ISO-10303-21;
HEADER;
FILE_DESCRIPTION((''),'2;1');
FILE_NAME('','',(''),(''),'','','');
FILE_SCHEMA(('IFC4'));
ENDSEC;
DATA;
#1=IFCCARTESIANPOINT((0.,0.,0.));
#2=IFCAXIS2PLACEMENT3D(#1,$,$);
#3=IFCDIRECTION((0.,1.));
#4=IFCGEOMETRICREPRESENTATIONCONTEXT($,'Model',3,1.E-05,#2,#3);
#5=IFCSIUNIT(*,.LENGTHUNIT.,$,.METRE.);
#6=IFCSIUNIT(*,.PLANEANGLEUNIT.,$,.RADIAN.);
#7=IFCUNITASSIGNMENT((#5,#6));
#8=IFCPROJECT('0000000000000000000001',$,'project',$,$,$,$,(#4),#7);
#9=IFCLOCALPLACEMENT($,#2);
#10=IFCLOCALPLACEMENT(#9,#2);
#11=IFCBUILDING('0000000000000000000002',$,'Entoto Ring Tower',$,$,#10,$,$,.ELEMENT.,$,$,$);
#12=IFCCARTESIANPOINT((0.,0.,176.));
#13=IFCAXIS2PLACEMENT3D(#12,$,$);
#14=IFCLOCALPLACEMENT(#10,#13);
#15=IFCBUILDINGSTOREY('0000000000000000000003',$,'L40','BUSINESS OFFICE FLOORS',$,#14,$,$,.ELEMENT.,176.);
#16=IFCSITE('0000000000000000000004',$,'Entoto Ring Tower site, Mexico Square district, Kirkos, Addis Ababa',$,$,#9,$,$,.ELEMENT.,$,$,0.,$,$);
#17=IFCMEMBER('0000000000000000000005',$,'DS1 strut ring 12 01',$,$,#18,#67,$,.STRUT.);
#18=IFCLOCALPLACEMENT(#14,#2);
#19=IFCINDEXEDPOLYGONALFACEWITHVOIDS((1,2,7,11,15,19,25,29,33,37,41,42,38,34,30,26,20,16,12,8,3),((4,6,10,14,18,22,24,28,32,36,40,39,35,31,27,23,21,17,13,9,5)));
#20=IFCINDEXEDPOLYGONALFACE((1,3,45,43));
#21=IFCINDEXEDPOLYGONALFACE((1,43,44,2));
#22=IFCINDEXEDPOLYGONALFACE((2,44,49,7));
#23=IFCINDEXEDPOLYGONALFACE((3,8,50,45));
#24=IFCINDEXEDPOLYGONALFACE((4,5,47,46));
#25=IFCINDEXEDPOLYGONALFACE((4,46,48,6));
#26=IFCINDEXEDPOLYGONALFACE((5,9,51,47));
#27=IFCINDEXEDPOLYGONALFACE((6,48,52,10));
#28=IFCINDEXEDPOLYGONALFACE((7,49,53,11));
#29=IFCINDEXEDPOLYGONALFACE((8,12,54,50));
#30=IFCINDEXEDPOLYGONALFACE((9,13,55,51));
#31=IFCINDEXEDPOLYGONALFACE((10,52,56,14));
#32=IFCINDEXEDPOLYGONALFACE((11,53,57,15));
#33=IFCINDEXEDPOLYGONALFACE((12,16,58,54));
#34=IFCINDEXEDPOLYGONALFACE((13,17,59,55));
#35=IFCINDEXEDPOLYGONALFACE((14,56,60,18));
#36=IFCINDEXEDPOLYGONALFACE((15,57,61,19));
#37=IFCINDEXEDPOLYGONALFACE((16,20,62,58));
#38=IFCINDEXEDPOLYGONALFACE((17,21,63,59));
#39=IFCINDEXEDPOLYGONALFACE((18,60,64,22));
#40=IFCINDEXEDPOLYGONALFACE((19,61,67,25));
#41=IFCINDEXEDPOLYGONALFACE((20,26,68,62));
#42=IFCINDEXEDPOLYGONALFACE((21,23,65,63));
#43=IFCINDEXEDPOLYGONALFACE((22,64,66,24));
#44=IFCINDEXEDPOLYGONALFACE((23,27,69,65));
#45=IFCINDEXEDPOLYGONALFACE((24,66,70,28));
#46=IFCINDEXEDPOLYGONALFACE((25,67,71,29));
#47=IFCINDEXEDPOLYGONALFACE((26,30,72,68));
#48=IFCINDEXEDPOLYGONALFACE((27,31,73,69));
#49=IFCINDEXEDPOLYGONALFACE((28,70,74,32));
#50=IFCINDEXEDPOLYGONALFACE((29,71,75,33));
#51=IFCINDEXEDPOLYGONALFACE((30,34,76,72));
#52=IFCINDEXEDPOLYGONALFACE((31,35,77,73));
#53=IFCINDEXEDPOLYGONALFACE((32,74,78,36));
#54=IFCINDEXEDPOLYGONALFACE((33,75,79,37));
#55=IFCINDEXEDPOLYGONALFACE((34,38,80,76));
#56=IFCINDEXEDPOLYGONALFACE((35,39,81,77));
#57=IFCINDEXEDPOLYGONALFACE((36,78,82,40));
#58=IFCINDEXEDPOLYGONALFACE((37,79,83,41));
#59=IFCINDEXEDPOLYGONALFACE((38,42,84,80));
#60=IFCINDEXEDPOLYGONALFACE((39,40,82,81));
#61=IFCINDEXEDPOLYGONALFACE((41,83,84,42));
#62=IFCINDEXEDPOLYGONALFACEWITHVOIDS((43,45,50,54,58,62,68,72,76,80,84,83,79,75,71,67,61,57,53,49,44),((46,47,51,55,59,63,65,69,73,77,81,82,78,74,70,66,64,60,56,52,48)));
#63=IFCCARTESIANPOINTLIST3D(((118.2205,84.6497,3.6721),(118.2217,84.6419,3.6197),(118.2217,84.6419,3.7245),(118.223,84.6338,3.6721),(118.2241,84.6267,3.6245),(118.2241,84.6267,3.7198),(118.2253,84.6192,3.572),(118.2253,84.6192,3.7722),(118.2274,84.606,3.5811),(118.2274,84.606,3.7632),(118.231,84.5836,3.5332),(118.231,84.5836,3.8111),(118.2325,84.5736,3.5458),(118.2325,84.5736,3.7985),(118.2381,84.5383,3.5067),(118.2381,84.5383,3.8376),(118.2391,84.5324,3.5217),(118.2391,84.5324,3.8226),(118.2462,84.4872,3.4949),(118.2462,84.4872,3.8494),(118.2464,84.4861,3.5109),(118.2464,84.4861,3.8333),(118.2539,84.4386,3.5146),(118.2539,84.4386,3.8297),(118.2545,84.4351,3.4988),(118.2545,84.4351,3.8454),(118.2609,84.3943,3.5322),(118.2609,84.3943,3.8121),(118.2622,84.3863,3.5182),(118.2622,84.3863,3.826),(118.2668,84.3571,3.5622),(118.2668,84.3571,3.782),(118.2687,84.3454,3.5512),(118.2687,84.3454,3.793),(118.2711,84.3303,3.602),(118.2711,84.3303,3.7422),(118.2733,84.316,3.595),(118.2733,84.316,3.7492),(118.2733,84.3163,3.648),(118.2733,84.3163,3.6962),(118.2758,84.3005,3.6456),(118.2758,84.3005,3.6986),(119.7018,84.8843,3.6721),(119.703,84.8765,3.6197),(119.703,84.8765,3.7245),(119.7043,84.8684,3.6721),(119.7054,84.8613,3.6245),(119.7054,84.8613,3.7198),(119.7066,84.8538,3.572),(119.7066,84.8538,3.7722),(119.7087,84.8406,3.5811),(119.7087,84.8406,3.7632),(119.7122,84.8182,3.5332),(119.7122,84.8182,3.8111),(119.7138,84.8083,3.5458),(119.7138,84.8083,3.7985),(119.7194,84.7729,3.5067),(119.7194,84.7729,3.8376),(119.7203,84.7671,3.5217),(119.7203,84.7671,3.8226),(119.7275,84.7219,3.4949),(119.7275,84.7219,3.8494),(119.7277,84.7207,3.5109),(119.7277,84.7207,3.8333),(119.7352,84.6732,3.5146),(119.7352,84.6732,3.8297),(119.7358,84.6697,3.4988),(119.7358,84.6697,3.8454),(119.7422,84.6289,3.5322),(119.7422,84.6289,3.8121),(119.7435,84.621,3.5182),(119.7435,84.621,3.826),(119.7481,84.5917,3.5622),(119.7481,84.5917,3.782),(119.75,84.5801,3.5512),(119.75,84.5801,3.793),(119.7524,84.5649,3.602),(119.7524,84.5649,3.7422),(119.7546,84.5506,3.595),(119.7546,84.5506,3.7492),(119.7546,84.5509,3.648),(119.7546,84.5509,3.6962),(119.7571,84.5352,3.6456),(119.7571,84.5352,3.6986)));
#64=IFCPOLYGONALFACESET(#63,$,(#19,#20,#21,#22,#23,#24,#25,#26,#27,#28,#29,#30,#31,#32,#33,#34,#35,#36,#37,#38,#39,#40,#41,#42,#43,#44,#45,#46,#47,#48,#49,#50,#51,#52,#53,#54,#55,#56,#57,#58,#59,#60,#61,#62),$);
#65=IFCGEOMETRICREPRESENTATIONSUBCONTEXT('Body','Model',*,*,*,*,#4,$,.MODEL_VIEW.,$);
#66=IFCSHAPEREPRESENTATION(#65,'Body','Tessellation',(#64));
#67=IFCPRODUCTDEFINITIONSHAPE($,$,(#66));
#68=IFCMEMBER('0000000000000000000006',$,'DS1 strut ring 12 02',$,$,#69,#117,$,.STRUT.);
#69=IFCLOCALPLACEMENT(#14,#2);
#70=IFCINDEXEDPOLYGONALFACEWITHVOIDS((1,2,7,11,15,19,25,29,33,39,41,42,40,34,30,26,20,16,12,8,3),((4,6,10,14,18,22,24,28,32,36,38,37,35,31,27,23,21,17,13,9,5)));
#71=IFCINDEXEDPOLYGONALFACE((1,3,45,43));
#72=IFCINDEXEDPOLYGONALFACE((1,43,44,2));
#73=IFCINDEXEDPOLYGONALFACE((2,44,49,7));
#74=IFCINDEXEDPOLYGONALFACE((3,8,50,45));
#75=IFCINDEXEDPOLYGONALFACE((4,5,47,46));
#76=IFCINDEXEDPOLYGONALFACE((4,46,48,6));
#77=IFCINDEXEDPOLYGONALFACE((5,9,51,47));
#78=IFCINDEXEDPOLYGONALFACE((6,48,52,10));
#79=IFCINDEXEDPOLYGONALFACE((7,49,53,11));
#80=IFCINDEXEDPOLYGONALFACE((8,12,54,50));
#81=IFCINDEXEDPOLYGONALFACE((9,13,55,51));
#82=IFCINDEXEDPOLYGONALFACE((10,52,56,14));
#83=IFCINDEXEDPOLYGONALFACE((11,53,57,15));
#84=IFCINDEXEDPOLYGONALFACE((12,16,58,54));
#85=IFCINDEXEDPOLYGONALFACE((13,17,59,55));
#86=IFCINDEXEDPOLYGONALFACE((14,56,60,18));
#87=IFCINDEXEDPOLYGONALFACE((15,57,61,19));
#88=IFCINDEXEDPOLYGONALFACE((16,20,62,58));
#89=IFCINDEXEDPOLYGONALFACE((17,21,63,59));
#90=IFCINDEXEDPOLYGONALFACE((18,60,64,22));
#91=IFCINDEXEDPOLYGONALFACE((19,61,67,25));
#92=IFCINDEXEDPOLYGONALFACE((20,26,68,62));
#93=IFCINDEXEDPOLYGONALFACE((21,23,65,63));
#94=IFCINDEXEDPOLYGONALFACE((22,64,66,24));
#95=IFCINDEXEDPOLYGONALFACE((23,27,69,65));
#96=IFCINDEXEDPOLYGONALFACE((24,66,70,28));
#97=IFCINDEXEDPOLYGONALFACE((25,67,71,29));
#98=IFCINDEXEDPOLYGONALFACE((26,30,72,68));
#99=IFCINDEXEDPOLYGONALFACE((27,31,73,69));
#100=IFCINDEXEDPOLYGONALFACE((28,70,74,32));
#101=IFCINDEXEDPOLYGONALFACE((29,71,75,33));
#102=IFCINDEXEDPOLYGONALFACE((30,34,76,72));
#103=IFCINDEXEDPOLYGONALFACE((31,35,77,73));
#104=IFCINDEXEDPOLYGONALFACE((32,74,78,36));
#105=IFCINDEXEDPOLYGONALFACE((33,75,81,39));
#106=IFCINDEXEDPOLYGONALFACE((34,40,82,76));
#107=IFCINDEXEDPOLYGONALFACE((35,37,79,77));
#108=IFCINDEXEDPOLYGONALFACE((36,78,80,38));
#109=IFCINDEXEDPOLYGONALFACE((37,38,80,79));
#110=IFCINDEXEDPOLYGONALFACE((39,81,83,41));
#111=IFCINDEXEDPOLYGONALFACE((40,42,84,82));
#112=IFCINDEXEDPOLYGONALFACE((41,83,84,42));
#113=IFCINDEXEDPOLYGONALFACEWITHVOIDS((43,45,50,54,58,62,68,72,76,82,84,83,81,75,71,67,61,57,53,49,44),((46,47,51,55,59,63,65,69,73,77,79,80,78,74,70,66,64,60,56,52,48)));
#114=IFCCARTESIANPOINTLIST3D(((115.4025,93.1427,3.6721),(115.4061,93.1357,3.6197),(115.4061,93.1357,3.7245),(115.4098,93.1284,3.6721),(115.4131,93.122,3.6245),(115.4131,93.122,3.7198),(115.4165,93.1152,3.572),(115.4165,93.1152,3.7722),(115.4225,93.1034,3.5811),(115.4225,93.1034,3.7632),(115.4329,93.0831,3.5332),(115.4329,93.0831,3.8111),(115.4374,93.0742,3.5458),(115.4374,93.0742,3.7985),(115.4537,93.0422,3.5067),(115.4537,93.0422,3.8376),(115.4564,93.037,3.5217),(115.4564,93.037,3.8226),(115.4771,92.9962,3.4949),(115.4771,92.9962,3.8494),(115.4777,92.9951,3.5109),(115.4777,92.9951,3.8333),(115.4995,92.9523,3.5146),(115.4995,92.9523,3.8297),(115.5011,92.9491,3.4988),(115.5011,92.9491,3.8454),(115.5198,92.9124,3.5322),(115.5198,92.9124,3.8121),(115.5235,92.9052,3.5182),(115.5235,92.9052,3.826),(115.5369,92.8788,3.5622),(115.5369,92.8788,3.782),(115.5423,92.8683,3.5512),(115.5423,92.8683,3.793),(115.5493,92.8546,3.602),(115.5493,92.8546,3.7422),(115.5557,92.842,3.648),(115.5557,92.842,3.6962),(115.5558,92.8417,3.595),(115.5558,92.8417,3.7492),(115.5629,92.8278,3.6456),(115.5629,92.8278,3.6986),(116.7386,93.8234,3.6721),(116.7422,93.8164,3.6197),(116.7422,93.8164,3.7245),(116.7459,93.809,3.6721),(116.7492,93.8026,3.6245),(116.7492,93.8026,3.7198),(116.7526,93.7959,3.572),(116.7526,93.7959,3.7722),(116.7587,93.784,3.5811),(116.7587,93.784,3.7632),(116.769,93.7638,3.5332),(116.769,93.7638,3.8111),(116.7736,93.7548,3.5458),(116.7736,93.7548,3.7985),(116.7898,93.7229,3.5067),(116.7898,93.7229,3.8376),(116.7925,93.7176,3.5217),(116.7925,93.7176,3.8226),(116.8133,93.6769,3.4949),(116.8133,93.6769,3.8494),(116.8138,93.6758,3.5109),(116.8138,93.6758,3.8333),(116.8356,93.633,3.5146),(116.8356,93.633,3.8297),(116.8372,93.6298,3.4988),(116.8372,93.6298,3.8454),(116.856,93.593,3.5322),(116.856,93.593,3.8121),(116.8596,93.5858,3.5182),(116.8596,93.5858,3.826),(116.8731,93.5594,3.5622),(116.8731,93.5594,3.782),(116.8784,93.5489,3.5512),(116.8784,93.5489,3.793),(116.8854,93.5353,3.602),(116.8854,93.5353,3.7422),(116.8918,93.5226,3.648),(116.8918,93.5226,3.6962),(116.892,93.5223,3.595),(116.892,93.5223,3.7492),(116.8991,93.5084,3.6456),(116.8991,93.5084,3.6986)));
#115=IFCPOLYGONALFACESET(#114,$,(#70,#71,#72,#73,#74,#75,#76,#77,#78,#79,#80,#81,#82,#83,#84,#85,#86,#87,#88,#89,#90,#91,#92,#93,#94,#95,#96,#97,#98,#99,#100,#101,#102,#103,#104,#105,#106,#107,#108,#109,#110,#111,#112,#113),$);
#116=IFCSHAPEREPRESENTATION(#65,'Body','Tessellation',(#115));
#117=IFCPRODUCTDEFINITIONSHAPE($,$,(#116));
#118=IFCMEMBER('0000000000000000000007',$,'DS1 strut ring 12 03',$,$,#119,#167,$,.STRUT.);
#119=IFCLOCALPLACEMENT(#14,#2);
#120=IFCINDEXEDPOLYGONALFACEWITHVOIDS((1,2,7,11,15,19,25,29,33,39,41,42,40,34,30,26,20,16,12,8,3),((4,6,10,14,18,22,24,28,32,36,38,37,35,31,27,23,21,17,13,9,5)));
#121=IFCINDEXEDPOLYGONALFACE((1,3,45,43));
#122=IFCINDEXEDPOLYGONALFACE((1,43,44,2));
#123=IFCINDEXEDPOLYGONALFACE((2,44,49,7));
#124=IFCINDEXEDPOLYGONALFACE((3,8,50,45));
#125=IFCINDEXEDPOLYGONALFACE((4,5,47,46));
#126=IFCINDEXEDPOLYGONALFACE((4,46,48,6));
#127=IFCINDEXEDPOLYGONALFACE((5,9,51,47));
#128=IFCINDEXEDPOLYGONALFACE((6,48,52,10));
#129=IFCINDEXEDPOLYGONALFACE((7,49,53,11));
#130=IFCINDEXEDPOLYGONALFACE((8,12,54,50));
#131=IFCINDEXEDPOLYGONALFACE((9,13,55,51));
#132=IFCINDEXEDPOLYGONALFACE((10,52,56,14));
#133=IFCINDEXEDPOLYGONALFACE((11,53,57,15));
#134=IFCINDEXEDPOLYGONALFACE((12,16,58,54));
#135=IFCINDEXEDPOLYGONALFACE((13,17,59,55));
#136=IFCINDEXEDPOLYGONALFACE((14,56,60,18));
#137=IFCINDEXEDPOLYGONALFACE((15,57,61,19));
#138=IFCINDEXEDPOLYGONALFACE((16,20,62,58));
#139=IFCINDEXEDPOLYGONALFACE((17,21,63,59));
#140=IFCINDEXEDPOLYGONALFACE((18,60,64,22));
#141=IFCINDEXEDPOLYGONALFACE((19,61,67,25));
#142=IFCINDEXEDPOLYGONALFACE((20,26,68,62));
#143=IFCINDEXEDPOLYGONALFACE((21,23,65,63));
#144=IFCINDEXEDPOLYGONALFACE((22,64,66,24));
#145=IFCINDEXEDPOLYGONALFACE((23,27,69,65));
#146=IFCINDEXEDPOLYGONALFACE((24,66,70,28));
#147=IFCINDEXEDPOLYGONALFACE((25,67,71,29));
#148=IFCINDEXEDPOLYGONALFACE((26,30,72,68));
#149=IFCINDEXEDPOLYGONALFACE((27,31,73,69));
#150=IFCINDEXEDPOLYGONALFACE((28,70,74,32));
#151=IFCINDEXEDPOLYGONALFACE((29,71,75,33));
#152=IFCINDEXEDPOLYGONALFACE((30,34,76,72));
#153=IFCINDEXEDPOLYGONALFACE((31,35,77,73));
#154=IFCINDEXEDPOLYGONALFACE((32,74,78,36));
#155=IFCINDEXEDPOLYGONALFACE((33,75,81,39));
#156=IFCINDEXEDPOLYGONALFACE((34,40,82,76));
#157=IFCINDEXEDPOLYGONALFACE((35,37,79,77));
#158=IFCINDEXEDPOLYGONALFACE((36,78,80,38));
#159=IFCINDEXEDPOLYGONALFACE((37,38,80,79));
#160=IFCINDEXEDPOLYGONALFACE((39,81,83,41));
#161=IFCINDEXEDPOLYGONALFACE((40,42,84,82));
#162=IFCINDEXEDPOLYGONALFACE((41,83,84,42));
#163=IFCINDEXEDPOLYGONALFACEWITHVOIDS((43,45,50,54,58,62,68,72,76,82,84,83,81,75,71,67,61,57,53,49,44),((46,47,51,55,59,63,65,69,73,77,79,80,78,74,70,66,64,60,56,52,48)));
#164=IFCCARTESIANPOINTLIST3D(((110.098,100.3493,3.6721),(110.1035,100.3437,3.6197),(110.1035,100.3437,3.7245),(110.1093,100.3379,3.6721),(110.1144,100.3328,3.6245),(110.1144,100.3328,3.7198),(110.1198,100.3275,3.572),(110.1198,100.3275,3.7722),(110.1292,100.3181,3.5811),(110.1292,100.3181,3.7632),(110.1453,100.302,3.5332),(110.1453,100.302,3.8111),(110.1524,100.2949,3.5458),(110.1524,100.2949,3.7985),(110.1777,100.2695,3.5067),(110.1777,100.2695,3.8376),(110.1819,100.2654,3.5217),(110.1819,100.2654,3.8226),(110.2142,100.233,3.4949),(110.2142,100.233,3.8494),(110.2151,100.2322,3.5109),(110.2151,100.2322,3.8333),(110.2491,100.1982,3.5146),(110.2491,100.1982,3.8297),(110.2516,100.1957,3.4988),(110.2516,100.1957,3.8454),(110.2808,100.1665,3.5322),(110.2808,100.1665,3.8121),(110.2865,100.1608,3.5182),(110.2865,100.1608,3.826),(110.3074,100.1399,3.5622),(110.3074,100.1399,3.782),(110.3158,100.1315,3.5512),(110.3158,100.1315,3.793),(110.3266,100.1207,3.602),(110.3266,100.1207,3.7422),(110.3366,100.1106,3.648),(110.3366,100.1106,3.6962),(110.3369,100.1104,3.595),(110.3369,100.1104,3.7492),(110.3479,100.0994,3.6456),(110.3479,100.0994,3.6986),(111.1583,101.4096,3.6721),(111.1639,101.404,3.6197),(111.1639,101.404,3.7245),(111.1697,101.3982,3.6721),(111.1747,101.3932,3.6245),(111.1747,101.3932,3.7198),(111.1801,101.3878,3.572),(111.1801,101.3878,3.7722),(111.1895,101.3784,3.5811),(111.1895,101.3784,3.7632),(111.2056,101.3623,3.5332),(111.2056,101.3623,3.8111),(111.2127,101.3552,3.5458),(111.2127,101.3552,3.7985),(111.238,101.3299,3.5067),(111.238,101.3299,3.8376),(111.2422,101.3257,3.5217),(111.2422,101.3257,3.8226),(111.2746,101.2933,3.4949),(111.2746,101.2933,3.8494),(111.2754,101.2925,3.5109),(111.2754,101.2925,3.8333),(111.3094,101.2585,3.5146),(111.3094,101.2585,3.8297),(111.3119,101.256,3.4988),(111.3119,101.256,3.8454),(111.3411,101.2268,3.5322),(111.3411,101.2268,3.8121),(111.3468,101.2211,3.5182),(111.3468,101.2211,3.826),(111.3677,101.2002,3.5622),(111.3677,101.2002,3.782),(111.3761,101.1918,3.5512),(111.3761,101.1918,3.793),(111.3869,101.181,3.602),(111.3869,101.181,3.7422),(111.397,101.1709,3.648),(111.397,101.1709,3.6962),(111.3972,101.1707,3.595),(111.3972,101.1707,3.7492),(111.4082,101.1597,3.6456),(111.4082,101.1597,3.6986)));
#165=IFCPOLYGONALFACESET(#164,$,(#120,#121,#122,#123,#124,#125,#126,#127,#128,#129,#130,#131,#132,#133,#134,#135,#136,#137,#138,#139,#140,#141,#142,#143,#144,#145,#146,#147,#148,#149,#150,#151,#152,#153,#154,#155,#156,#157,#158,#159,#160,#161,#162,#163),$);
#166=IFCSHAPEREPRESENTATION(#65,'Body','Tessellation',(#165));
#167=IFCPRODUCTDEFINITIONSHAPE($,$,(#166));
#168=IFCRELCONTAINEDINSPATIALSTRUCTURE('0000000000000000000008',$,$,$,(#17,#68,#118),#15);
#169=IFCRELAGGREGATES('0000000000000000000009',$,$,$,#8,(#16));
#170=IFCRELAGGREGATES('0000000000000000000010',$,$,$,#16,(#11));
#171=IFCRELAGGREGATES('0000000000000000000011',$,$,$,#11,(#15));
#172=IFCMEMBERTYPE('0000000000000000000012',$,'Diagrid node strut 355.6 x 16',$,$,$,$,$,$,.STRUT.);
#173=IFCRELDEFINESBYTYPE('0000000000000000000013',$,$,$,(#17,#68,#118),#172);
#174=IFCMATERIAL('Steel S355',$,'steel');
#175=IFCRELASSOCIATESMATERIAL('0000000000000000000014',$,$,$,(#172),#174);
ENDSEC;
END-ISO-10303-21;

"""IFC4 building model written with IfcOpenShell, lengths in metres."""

from ifc_helpers import new_model, si_unit, direction, frame, origin, origin_2d, place, context, subcontext, project, spatial, circle, hollow_circle, extrude, material, material_profile, profile_set, type_object, element, save


model = new_model("IFC4")

# Units and contexts
model_context = context("Model", 3, precision=1e-05, world=origin(), true_north=direction((0.0, 1.0)))
body_context = subcontext(model_context, "Body", "Model", "MODEL_VIEW")
ifc_project = project(units=[si_unit("LENGTHUNIT", "METRE"), si_unit("PLANEANGLEUNIT", "RADIAN")], contexts=[model_context])

# Site, building, storey
site_placement = place(None, origin())
site = spatial("IfcSite", under=ifc_project, at=site_placement, Name="Entoto Ring Tower site, Mexico Square district, Kirkos, Addis Ababa", CompositionType="ELEMENT", RefElevation=0.0)
building_placement = place(site_placement, origin())
building = spatial("IfcBuilding", under=site, at=building_placement, Name="Entoto Ring Tower", CompositionType="ELEMENT")
storey_placement = place(building_placement, frame((0.0, 0.0, 176.0)))
storey = spatial("IfcBuildingStorey", under=building, at=storey_placement, Name="L40", Description="BUSINESS OFFICE FLOORS", CompositionType="ELEMENT", Elevation=176.0)

# Members
ifc_material_1 = material(Name="Steel S355", Category="steel")
ifc_material_profile_1 = material_profile(ifc_material_1, hollow_circle(Radius=0.1777, WallThickness=0.0161, at=origin_2d()), Name="CHS 355.6 x 16")
ifc_material_2 = material(Name="Concrete C60/75", Category="concrete")
ifc_material_profile_2 = material_profile(ifc_material_2, circle(Radius=0.1619, at=origin_2d()), Name="Concrete C60/75 infill")
ifc_profile_set_1 = profile_set([ifc_material_profile_1, ifc_material_profile_2], Name="Steel S355")
member_type = type_object("IfcMemberType", Name="Diagrid node strut 355.6 x 16", PredefinedType="STRUT", material=ifc_profile_set_1)
member_placement = place(storey_placement, frame((118.2483, 84.4741, 3.6721), z_axis=(0.987686, 0.156447, 0.0), x_axis=(-0.156447, 0.987686, 0.0)))
element("IfcMember", 1, at=member_placement, inside=storey, type_object=member_type, Name="DS1 strut ring 12 01", PredefinedType="STRUT", context=body_context, shape_type="SweptSolid", body=[
    extrude(hollow_circle(Radius=0.1777, WallThickness=0.0161, at=origin_2d()), origin(), (0.0, 0.0, 1.0), 1.4998),
])
for number, where, z_axis, x_axis, name in (
    (2, (115.4832, 92.9844, 3.6721), (0.891048, 0.453909, 0.0), (-0.453909, 0.891048, 0.0), "DS1 strut ring 12 02"),
    (3, (110.2236, 100.2236, 3.6721), (0.707107, 0.707107, 0.0), (-0.707107, 0.707107, 0.0), "DS1 strut ring 12 03"),
):
    element("IfcMember", number, at=place(storey_placement, frame(where, z_axis=z_axis, x_axis=x_axis)), inside=storey, type_object=member_type, Name=name, PredefinedType="STRUT", context=body_context, shape_type="SweptSolid", body=[
        extrude(hollow_circle(Radius=0.1777, WallThickness=0.0161, at=origin_2d()), origin(), (0.0, 0.0, 1.0), 1.4995),
    ])

save(model, "model.ifc")
